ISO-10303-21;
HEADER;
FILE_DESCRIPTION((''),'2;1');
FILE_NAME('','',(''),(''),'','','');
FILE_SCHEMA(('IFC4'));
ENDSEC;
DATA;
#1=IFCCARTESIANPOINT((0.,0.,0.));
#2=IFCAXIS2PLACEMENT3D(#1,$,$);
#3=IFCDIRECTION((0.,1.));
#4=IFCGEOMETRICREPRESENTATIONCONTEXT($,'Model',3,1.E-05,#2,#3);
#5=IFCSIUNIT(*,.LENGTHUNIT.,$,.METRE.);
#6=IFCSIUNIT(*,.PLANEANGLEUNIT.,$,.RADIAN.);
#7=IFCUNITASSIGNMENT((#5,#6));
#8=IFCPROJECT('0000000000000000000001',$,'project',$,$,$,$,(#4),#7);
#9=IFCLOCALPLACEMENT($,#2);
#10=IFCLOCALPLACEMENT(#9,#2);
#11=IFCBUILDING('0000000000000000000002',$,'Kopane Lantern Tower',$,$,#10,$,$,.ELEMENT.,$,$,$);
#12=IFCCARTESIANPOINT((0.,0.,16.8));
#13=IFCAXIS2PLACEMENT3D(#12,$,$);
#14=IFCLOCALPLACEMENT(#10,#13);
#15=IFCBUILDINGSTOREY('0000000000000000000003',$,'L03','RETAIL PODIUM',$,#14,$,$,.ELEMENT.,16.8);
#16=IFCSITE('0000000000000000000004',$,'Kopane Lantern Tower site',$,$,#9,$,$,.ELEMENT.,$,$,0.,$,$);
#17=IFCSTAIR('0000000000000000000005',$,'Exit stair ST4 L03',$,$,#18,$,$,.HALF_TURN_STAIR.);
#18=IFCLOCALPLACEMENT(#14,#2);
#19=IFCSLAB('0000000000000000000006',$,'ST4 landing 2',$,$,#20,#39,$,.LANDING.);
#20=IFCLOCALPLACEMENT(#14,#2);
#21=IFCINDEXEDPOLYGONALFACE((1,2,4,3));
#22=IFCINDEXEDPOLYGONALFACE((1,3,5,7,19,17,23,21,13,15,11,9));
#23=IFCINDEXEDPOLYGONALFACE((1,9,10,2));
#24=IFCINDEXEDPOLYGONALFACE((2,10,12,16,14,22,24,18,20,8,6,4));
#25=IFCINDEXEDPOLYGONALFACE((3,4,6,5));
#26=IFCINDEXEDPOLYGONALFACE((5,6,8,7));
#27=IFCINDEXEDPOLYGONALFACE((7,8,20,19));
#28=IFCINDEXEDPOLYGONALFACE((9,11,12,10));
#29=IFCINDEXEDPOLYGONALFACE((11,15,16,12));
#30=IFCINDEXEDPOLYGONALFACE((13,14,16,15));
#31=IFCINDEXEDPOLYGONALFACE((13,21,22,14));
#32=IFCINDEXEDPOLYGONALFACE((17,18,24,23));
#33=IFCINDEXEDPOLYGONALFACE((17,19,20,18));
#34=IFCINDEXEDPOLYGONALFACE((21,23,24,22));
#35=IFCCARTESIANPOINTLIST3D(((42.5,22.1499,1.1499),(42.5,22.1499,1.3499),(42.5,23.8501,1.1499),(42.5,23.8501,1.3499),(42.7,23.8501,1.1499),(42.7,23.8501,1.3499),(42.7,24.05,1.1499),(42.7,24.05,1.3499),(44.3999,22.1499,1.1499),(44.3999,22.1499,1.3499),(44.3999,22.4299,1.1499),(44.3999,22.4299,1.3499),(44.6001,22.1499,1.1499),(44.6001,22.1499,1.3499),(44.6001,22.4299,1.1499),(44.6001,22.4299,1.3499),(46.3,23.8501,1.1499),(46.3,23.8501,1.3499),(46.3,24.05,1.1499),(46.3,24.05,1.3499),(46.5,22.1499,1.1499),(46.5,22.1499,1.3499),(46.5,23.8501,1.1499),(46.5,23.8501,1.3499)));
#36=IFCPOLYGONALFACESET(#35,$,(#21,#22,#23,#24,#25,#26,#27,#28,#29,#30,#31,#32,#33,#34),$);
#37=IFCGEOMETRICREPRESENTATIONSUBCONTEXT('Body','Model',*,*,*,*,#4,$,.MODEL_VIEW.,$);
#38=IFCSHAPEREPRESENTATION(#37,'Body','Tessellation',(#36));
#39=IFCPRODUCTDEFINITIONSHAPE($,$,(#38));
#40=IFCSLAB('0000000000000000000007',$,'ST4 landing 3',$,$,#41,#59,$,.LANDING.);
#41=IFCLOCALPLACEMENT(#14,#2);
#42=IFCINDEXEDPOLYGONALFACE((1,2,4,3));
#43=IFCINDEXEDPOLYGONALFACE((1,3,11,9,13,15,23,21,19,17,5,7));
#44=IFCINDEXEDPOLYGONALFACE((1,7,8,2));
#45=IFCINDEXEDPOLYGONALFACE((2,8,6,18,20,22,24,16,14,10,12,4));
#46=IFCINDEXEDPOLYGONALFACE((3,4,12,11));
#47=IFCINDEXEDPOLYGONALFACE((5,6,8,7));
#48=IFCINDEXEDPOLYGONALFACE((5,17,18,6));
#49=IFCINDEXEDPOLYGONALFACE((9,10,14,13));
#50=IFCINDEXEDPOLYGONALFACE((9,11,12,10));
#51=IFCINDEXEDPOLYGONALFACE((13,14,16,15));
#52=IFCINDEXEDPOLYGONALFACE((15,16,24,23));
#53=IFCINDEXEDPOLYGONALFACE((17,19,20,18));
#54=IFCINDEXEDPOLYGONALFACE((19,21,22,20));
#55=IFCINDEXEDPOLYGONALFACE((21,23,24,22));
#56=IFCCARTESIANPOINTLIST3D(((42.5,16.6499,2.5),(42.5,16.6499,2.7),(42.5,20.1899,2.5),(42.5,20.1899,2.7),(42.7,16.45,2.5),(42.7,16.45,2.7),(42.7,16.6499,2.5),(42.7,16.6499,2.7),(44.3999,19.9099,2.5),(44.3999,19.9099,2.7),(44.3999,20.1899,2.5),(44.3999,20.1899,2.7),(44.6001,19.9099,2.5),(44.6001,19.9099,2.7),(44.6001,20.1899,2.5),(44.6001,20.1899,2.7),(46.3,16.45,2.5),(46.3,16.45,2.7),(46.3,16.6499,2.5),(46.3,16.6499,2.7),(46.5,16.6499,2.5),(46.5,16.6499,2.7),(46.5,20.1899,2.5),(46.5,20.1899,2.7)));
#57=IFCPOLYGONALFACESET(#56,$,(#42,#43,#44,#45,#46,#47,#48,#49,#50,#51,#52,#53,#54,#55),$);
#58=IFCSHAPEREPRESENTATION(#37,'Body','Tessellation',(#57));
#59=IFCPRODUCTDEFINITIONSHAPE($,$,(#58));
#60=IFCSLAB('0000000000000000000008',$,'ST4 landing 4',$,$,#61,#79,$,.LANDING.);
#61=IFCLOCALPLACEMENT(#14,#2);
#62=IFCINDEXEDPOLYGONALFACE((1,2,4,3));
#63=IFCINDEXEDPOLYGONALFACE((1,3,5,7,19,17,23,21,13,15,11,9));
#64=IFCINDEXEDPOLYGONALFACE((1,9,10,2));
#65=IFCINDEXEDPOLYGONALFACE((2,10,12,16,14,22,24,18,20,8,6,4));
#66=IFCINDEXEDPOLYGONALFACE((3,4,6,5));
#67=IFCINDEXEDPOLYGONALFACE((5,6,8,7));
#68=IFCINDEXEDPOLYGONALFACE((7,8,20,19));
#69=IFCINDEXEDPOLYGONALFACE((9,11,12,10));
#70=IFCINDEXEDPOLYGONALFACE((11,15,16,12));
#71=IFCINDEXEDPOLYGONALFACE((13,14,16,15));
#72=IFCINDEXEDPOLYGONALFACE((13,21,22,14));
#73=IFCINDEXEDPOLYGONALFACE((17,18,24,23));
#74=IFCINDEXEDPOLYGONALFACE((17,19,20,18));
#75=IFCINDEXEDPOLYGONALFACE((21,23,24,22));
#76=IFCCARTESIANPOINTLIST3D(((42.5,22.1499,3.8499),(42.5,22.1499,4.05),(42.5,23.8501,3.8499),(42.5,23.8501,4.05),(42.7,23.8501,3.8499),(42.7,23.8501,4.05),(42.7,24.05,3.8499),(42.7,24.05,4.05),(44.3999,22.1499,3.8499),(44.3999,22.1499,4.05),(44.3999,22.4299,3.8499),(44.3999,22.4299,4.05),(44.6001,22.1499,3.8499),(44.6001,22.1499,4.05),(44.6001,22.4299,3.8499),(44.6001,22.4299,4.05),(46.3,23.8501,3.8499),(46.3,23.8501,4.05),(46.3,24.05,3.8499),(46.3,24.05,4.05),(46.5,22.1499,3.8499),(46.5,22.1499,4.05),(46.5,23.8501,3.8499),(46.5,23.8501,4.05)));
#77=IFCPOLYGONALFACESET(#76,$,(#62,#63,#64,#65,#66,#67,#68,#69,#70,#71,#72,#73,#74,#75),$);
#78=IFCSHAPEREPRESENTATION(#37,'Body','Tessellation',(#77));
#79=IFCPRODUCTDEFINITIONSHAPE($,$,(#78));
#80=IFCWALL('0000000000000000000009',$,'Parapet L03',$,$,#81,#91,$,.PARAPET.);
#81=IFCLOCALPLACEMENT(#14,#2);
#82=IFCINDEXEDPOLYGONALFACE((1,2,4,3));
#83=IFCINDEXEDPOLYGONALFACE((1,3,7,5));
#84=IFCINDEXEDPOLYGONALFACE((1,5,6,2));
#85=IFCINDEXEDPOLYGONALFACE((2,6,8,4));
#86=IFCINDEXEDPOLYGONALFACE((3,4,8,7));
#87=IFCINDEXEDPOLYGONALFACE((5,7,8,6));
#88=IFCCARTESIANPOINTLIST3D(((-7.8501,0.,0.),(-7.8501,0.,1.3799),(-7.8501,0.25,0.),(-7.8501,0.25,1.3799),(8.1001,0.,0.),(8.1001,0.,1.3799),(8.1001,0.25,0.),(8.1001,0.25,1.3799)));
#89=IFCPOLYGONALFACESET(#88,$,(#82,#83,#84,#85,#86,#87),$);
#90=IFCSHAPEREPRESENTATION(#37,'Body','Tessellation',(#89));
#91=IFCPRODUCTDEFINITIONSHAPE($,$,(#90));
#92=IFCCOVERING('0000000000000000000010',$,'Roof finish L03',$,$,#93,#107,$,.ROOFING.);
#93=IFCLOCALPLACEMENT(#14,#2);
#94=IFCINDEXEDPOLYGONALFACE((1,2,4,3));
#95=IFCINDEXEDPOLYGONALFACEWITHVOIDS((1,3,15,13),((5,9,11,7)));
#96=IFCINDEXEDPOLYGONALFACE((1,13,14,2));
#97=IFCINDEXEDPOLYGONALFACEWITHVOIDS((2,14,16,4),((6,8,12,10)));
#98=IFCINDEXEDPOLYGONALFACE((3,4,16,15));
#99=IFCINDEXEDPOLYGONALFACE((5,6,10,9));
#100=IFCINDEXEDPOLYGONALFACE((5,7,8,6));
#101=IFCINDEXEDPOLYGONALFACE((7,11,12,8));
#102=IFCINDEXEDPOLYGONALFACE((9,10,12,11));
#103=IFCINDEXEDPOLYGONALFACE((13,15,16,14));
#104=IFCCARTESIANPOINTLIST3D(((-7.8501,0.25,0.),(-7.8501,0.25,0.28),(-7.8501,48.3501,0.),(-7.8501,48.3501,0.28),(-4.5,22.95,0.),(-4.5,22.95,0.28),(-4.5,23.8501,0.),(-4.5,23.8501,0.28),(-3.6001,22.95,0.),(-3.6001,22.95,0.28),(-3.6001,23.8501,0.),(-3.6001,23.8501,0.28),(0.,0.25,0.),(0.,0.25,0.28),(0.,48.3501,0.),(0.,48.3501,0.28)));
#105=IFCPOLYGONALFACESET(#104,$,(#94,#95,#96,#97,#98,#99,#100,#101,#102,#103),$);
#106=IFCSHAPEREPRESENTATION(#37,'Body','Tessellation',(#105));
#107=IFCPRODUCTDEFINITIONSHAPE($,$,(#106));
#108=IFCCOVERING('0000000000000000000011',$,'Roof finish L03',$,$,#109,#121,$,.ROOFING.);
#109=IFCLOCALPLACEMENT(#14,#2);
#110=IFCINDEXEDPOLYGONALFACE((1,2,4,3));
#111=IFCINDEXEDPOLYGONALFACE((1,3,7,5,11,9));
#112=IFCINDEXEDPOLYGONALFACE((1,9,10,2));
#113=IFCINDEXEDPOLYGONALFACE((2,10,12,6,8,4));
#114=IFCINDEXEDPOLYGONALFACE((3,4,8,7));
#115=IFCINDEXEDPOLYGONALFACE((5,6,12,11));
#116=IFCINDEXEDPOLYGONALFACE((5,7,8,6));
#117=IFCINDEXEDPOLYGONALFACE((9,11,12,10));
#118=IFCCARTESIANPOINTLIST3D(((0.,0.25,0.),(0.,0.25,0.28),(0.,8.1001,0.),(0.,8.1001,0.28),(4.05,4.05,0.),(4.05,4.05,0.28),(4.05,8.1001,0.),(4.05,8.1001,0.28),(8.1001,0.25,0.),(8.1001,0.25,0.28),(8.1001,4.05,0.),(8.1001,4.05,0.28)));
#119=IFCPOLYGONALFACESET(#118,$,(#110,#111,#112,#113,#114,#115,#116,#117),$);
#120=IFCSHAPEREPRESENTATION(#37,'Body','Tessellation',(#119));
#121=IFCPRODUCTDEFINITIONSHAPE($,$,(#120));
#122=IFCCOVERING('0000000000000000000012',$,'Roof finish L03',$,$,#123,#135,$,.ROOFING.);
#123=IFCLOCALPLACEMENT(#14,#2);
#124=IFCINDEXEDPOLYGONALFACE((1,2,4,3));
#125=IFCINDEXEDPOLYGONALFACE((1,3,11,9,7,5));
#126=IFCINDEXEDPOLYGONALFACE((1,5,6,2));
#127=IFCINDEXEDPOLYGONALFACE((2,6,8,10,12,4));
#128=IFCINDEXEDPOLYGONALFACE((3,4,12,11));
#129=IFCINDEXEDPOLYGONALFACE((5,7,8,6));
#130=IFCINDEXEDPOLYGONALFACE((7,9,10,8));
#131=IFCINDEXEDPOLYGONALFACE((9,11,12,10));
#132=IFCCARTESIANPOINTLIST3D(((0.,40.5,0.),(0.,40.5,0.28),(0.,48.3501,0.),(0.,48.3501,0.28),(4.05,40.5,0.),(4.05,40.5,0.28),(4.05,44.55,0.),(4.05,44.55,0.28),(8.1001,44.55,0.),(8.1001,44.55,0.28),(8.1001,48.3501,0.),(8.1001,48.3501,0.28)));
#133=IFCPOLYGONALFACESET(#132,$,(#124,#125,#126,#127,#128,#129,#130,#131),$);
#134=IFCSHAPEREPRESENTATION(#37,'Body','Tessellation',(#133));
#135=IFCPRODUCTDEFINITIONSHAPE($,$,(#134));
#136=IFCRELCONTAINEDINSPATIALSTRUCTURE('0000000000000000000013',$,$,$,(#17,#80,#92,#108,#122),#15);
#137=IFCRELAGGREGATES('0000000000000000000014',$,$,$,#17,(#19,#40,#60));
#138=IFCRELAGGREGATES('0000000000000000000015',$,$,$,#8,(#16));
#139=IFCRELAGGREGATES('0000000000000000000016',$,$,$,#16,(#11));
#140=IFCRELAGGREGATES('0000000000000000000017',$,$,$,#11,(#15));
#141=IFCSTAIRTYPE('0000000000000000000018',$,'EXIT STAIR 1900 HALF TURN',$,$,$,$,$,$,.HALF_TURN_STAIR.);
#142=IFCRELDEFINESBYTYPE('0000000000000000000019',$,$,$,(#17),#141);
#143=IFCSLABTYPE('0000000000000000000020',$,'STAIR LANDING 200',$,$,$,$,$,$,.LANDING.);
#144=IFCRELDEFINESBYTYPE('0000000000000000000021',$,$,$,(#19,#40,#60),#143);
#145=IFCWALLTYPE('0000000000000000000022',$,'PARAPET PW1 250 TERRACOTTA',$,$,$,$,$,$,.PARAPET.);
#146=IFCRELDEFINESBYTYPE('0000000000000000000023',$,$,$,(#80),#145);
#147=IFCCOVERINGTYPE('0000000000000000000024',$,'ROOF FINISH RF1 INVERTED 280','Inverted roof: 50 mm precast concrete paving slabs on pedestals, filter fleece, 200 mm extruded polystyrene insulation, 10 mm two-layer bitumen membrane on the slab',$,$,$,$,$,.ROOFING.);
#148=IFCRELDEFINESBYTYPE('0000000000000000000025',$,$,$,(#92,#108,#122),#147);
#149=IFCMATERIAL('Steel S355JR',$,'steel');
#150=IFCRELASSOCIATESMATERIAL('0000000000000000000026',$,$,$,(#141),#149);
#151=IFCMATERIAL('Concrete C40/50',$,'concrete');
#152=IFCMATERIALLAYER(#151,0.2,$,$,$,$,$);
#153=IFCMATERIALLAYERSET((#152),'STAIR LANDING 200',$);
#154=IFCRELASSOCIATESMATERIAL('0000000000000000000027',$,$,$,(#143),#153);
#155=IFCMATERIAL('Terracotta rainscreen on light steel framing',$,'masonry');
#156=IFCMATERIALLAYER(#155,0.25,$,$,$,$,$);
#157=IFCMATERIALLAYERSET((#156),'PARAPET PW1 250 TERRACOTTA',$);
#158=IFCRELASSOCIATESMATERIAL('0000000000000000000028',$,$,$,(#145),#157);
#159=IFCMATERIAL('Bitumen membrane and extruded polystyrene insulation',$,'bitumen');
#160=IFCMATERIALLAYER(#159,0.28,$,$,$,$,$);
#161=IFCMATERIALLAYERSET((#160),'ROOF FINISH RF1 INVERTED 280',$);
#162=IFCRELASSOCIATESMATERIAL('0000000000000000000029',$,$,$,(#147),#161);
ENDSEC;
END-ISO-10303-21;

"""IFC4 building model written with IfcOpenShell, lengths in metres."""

from ifc_helpers import new_model, si_unit, direction, frame, frame_2d, origin, place, context, subcontext, project, spatial, polyline, rectangle, outline, extrude, material, layer, layer_set, type_object, element, aggregate, save


model = new_model("IFC4")

# Units and contexts
model_context = context("Model", 3, precision=1e-05, world=origin(), true_north=direction((0.0, 1.0)))
body_context = subcontext(model_context, "Body", "Model", "MODEL_VIEW")
ifc_project = project(units=[si_unit("LENGTHUNIT", "METRE"), si_unit("PLANEANGLEUNIT", "RADIAN")], contexts=[model_context])

# Site, building, storey
site_placement = place(None, origin())
site = spatial("IfcSite", under=ifc_project, at=site_placement, Name="Kopane Lantern Tower site", CompositionType="ELEMENT", RefElevation=0.0)
building_placement = place(site_placement, origin())
building = spatial("IfcBuilding", under=site, at=building_placement, Name="Kopane Lantern Tower", CompositionType="ELEMENT")
storey_placement = place(building_placement, frame((0.0, 0.0, 16.8)))
storey = spatial("IfcBuildingStorey", under=building, at=storey_placement, Name="L03", Description="RETAIL PODIUM", CompositionType="ELEMENT", Elevation=16.8)

# Stair, slabs
ifc_material_1 = material(Name="Steel S355JR", Category="steel")
stair_type = type_object("IfcStairType", Name="EXIT STAIR 1900 HALF TURN", PredefinedType="HALF_TURN_STAIR", material=ifc_material_1)
ifc_material_2 = material(Name="Concrete C40/50", Category="concrete")
ifc_layer_1 = layer(ifc_material_2, 0.2)
ifc_layer_set_1 = layer_set([ifc_layer_1], Name="STAIR LANDING 200")
slab_type_1 = type_object("IfcSlabType", Name="STAIR LANDING 200", PredefinedType="LANDING", material=ifc_layer_set_1)
stair_1_placement = place(storey_placement, origin())
stair_1 = element("IfcStair", 1, at=stair_1_placement, inside=storey, type_object=stair_type, Name="Exit stair ST4 L03", PredefinedType="HALF_TURN_STAIR")
slab_1_placement = place(storey_placement, frame((0.0, 0.0, 1.1499)))
slab_1 = element("IfcSlab", 2, at=slab_1_placement, type_object=slab_type_1, Name="ST4 landing 2", PredefinedType="LANDING", context=body_context, shape_type="SweptSolid", body=[
    extrude(outline(polyline([(42.7, 23.8501), (42.5, 23.8501), (42.5, 22.1499), (44.3999, 22.1499), (44.3999, 22.4299), (44.6001, 22.4299), (44.6001, 22.1499), (46.5, 22.1499), (46.5, 23.8501), (46.3, 23.8501), (46.3, 24.05), (42.7, 24.05), (42.7, 23.8501)])), origin(), (0.0, 0.0, 1.0), 0.2),
])
slab_2_placement = place(storey_placement, frame((0.0, 0.0, 2.5)))
slab_2 = element("IfcSlab", 3, at=slab_2_placement, type_object=slab_type_1, Name="ST4 landing 3", PredefinedType="LANDING", context=body_context, shape_type="SweptSolid", body=[
    extrude(outline(polyline([(42.7, 16.6499), (42.7, 16.45), (46.3, 16.45), (46.3, 16.6499), (46.5, 16.6499), (46.5, 20.1899), (44.6001, 20.1899), (44.6001, 19.9099), (44.3999, 19.9099), (44.3999, 20.1899), (42.5, 20.1899), (42.5, 16.6499), (42.7, 16.6499)])), origin(), (0.0, 0.0, 1.0), 0.2),
])
slab_3_placement = place(storey_placement, frame((0.0, 0.0, 3.8499)))
slab_3 = element("IfcSlab", 4, at=slab_3_placement, type_object=slab_type_1, Name="ST4 landing 4", PredefinedType="LANDING", context=body_context, shape_type="SweptSolid", body=[
    extrude(outline(polyline([(42.7, 23.8501), (42.5, 23.8501), (42.5, 22.1499), (44.3999, 22.1499), (44.3999, 22.4299), (44.6001, 22.4299), (44.6001, 22.1499), (46.5, 22.1499), (46.5, 23.8501), (46.3, 23.8501), (46.3, 24.05), (42.7, 24.05), (42.7, 23.8501)])), origin(), (0.0, 0.0, 1.0), 0.2002),
])
aggregate(stair_1, [slab_1, slab_2, slab_3])

# Wall
ifc_material_3 = material(Name="Terracotta rainscreen on light steel framing", Category="masonry")
ifc_layer_2 = layer(ifc_material_3, 0.25)
ifc_layer_set_2 = layer_set([ifc_layer_2], Name="PARAPET PW1 250 TERRACOTTA")
wall_type = type_object("IfcWallType", Name="PARAPET PW1 250 TERRACOTTA", PredefinedType="PARAPET", material=ifc_layer_set_2)
wall_placement = place(storey_placement, frame((-7.8501, 0.125, 0.0), z_axis=(0.0, 0.0, 1.0), x_axis=(1.0, 0.0, 0.0)))
element("IfcWall", 5, at=wall_placement, inside=storey, type_object=wall_type, Name="Parapet L03", PredefinedType="PARAPET", context=body_context, shape_type="SweptSolid", body=[
    extrude(rectangle(XDim=15.9502, YDim=0.25, at=frame_2d((7.9751, 0.0))), origin(), (0.0, 0.0, 1.0), 1.3799),
])

# Coverings
ifc_material_4 = material(Name="Bitumen membrane and extruded polystyrene insulation", Category="bitumen")
ifc_layer_3 = layer(ifc_material_4, 0.28)
ifc_layer_set_3 = layer_set([ifc_layer_3], Name="ROOF FINISH RF1 INVERTED 280")
covering_type = type_object("IfcCoveringType", Name="ROOF FINISH RF1 INVERTED 280", Description="Inverted roof: 50 mm precast concrete paving slabs on pedestals, filter fleece, 200 mm extruded polystyrene insulation, 10 mm two-layer bitumen membrane on the slab", PredefinedType="ROOFING", material=ifc_layer_set_3)
covering_1_placement = place(storey_placement, origin())
element("IfcCovering", 6, at=covering_1_placement, inside=storey, type_object=covering_type, Name="Roof finish L03", PredefinedType="ROOFING", context=body_context, shape_type="SweptSolid", body=[
    extrude(outline(polyline([(0.0, 0.25), (0.0, 48.3501), (-7.8501, 48.3501), (-7.8501, 0.25), (0.0, 0.25)]), holes=[polyline([(-4.5, 22.95), (-4.5, 23.8501), (-3.6001, 23.8501), (-3.6001, 22.95), (-4.5, 22.95)])]), origin(), (0.0, 0.0, 1.0), 0.28),
])
covering_2_placement = place(storey_placement, origin())
element("IfcCovering", 7, at=covering_2_placement, inside=storey, type_object=covering_type, Name="Roof finish L03", PredefinedType="ROOFING", context=body_context, shape_type="SweptSolid", body=[
    extrude(outline(polyline([(8.1001, 4.05), (4.05, 4.05), (4.05, 8.1001), (0.0, 8.1001), (0.0, 0.25), (8.1001, 0.25), (8.1001, 4.05)])), origin(), (0.0, 0.0, 1.0), 0.28),
])
covering_3_placement = place(storey_placement, origin())
element("IfcCovering", 8, at=covering_3_placement, inside=storey, type_object=covering_type, Name="Roof finish L03", PredefinedType="ROOFING", context=body_context, shape_type="SweptSolid", body=[
    extrude(outline(polyline([(4.05, 40.5), (4.05, 44.55), (8.1001, 44.55), (8.1001, 48.3501), (0.0, 48.3501), (0.0, 40.5), (4.05, 40.5)])), origin(), (0.0, 0.0, 1.0), 0.28),
])

save(model, "model.ifc")
